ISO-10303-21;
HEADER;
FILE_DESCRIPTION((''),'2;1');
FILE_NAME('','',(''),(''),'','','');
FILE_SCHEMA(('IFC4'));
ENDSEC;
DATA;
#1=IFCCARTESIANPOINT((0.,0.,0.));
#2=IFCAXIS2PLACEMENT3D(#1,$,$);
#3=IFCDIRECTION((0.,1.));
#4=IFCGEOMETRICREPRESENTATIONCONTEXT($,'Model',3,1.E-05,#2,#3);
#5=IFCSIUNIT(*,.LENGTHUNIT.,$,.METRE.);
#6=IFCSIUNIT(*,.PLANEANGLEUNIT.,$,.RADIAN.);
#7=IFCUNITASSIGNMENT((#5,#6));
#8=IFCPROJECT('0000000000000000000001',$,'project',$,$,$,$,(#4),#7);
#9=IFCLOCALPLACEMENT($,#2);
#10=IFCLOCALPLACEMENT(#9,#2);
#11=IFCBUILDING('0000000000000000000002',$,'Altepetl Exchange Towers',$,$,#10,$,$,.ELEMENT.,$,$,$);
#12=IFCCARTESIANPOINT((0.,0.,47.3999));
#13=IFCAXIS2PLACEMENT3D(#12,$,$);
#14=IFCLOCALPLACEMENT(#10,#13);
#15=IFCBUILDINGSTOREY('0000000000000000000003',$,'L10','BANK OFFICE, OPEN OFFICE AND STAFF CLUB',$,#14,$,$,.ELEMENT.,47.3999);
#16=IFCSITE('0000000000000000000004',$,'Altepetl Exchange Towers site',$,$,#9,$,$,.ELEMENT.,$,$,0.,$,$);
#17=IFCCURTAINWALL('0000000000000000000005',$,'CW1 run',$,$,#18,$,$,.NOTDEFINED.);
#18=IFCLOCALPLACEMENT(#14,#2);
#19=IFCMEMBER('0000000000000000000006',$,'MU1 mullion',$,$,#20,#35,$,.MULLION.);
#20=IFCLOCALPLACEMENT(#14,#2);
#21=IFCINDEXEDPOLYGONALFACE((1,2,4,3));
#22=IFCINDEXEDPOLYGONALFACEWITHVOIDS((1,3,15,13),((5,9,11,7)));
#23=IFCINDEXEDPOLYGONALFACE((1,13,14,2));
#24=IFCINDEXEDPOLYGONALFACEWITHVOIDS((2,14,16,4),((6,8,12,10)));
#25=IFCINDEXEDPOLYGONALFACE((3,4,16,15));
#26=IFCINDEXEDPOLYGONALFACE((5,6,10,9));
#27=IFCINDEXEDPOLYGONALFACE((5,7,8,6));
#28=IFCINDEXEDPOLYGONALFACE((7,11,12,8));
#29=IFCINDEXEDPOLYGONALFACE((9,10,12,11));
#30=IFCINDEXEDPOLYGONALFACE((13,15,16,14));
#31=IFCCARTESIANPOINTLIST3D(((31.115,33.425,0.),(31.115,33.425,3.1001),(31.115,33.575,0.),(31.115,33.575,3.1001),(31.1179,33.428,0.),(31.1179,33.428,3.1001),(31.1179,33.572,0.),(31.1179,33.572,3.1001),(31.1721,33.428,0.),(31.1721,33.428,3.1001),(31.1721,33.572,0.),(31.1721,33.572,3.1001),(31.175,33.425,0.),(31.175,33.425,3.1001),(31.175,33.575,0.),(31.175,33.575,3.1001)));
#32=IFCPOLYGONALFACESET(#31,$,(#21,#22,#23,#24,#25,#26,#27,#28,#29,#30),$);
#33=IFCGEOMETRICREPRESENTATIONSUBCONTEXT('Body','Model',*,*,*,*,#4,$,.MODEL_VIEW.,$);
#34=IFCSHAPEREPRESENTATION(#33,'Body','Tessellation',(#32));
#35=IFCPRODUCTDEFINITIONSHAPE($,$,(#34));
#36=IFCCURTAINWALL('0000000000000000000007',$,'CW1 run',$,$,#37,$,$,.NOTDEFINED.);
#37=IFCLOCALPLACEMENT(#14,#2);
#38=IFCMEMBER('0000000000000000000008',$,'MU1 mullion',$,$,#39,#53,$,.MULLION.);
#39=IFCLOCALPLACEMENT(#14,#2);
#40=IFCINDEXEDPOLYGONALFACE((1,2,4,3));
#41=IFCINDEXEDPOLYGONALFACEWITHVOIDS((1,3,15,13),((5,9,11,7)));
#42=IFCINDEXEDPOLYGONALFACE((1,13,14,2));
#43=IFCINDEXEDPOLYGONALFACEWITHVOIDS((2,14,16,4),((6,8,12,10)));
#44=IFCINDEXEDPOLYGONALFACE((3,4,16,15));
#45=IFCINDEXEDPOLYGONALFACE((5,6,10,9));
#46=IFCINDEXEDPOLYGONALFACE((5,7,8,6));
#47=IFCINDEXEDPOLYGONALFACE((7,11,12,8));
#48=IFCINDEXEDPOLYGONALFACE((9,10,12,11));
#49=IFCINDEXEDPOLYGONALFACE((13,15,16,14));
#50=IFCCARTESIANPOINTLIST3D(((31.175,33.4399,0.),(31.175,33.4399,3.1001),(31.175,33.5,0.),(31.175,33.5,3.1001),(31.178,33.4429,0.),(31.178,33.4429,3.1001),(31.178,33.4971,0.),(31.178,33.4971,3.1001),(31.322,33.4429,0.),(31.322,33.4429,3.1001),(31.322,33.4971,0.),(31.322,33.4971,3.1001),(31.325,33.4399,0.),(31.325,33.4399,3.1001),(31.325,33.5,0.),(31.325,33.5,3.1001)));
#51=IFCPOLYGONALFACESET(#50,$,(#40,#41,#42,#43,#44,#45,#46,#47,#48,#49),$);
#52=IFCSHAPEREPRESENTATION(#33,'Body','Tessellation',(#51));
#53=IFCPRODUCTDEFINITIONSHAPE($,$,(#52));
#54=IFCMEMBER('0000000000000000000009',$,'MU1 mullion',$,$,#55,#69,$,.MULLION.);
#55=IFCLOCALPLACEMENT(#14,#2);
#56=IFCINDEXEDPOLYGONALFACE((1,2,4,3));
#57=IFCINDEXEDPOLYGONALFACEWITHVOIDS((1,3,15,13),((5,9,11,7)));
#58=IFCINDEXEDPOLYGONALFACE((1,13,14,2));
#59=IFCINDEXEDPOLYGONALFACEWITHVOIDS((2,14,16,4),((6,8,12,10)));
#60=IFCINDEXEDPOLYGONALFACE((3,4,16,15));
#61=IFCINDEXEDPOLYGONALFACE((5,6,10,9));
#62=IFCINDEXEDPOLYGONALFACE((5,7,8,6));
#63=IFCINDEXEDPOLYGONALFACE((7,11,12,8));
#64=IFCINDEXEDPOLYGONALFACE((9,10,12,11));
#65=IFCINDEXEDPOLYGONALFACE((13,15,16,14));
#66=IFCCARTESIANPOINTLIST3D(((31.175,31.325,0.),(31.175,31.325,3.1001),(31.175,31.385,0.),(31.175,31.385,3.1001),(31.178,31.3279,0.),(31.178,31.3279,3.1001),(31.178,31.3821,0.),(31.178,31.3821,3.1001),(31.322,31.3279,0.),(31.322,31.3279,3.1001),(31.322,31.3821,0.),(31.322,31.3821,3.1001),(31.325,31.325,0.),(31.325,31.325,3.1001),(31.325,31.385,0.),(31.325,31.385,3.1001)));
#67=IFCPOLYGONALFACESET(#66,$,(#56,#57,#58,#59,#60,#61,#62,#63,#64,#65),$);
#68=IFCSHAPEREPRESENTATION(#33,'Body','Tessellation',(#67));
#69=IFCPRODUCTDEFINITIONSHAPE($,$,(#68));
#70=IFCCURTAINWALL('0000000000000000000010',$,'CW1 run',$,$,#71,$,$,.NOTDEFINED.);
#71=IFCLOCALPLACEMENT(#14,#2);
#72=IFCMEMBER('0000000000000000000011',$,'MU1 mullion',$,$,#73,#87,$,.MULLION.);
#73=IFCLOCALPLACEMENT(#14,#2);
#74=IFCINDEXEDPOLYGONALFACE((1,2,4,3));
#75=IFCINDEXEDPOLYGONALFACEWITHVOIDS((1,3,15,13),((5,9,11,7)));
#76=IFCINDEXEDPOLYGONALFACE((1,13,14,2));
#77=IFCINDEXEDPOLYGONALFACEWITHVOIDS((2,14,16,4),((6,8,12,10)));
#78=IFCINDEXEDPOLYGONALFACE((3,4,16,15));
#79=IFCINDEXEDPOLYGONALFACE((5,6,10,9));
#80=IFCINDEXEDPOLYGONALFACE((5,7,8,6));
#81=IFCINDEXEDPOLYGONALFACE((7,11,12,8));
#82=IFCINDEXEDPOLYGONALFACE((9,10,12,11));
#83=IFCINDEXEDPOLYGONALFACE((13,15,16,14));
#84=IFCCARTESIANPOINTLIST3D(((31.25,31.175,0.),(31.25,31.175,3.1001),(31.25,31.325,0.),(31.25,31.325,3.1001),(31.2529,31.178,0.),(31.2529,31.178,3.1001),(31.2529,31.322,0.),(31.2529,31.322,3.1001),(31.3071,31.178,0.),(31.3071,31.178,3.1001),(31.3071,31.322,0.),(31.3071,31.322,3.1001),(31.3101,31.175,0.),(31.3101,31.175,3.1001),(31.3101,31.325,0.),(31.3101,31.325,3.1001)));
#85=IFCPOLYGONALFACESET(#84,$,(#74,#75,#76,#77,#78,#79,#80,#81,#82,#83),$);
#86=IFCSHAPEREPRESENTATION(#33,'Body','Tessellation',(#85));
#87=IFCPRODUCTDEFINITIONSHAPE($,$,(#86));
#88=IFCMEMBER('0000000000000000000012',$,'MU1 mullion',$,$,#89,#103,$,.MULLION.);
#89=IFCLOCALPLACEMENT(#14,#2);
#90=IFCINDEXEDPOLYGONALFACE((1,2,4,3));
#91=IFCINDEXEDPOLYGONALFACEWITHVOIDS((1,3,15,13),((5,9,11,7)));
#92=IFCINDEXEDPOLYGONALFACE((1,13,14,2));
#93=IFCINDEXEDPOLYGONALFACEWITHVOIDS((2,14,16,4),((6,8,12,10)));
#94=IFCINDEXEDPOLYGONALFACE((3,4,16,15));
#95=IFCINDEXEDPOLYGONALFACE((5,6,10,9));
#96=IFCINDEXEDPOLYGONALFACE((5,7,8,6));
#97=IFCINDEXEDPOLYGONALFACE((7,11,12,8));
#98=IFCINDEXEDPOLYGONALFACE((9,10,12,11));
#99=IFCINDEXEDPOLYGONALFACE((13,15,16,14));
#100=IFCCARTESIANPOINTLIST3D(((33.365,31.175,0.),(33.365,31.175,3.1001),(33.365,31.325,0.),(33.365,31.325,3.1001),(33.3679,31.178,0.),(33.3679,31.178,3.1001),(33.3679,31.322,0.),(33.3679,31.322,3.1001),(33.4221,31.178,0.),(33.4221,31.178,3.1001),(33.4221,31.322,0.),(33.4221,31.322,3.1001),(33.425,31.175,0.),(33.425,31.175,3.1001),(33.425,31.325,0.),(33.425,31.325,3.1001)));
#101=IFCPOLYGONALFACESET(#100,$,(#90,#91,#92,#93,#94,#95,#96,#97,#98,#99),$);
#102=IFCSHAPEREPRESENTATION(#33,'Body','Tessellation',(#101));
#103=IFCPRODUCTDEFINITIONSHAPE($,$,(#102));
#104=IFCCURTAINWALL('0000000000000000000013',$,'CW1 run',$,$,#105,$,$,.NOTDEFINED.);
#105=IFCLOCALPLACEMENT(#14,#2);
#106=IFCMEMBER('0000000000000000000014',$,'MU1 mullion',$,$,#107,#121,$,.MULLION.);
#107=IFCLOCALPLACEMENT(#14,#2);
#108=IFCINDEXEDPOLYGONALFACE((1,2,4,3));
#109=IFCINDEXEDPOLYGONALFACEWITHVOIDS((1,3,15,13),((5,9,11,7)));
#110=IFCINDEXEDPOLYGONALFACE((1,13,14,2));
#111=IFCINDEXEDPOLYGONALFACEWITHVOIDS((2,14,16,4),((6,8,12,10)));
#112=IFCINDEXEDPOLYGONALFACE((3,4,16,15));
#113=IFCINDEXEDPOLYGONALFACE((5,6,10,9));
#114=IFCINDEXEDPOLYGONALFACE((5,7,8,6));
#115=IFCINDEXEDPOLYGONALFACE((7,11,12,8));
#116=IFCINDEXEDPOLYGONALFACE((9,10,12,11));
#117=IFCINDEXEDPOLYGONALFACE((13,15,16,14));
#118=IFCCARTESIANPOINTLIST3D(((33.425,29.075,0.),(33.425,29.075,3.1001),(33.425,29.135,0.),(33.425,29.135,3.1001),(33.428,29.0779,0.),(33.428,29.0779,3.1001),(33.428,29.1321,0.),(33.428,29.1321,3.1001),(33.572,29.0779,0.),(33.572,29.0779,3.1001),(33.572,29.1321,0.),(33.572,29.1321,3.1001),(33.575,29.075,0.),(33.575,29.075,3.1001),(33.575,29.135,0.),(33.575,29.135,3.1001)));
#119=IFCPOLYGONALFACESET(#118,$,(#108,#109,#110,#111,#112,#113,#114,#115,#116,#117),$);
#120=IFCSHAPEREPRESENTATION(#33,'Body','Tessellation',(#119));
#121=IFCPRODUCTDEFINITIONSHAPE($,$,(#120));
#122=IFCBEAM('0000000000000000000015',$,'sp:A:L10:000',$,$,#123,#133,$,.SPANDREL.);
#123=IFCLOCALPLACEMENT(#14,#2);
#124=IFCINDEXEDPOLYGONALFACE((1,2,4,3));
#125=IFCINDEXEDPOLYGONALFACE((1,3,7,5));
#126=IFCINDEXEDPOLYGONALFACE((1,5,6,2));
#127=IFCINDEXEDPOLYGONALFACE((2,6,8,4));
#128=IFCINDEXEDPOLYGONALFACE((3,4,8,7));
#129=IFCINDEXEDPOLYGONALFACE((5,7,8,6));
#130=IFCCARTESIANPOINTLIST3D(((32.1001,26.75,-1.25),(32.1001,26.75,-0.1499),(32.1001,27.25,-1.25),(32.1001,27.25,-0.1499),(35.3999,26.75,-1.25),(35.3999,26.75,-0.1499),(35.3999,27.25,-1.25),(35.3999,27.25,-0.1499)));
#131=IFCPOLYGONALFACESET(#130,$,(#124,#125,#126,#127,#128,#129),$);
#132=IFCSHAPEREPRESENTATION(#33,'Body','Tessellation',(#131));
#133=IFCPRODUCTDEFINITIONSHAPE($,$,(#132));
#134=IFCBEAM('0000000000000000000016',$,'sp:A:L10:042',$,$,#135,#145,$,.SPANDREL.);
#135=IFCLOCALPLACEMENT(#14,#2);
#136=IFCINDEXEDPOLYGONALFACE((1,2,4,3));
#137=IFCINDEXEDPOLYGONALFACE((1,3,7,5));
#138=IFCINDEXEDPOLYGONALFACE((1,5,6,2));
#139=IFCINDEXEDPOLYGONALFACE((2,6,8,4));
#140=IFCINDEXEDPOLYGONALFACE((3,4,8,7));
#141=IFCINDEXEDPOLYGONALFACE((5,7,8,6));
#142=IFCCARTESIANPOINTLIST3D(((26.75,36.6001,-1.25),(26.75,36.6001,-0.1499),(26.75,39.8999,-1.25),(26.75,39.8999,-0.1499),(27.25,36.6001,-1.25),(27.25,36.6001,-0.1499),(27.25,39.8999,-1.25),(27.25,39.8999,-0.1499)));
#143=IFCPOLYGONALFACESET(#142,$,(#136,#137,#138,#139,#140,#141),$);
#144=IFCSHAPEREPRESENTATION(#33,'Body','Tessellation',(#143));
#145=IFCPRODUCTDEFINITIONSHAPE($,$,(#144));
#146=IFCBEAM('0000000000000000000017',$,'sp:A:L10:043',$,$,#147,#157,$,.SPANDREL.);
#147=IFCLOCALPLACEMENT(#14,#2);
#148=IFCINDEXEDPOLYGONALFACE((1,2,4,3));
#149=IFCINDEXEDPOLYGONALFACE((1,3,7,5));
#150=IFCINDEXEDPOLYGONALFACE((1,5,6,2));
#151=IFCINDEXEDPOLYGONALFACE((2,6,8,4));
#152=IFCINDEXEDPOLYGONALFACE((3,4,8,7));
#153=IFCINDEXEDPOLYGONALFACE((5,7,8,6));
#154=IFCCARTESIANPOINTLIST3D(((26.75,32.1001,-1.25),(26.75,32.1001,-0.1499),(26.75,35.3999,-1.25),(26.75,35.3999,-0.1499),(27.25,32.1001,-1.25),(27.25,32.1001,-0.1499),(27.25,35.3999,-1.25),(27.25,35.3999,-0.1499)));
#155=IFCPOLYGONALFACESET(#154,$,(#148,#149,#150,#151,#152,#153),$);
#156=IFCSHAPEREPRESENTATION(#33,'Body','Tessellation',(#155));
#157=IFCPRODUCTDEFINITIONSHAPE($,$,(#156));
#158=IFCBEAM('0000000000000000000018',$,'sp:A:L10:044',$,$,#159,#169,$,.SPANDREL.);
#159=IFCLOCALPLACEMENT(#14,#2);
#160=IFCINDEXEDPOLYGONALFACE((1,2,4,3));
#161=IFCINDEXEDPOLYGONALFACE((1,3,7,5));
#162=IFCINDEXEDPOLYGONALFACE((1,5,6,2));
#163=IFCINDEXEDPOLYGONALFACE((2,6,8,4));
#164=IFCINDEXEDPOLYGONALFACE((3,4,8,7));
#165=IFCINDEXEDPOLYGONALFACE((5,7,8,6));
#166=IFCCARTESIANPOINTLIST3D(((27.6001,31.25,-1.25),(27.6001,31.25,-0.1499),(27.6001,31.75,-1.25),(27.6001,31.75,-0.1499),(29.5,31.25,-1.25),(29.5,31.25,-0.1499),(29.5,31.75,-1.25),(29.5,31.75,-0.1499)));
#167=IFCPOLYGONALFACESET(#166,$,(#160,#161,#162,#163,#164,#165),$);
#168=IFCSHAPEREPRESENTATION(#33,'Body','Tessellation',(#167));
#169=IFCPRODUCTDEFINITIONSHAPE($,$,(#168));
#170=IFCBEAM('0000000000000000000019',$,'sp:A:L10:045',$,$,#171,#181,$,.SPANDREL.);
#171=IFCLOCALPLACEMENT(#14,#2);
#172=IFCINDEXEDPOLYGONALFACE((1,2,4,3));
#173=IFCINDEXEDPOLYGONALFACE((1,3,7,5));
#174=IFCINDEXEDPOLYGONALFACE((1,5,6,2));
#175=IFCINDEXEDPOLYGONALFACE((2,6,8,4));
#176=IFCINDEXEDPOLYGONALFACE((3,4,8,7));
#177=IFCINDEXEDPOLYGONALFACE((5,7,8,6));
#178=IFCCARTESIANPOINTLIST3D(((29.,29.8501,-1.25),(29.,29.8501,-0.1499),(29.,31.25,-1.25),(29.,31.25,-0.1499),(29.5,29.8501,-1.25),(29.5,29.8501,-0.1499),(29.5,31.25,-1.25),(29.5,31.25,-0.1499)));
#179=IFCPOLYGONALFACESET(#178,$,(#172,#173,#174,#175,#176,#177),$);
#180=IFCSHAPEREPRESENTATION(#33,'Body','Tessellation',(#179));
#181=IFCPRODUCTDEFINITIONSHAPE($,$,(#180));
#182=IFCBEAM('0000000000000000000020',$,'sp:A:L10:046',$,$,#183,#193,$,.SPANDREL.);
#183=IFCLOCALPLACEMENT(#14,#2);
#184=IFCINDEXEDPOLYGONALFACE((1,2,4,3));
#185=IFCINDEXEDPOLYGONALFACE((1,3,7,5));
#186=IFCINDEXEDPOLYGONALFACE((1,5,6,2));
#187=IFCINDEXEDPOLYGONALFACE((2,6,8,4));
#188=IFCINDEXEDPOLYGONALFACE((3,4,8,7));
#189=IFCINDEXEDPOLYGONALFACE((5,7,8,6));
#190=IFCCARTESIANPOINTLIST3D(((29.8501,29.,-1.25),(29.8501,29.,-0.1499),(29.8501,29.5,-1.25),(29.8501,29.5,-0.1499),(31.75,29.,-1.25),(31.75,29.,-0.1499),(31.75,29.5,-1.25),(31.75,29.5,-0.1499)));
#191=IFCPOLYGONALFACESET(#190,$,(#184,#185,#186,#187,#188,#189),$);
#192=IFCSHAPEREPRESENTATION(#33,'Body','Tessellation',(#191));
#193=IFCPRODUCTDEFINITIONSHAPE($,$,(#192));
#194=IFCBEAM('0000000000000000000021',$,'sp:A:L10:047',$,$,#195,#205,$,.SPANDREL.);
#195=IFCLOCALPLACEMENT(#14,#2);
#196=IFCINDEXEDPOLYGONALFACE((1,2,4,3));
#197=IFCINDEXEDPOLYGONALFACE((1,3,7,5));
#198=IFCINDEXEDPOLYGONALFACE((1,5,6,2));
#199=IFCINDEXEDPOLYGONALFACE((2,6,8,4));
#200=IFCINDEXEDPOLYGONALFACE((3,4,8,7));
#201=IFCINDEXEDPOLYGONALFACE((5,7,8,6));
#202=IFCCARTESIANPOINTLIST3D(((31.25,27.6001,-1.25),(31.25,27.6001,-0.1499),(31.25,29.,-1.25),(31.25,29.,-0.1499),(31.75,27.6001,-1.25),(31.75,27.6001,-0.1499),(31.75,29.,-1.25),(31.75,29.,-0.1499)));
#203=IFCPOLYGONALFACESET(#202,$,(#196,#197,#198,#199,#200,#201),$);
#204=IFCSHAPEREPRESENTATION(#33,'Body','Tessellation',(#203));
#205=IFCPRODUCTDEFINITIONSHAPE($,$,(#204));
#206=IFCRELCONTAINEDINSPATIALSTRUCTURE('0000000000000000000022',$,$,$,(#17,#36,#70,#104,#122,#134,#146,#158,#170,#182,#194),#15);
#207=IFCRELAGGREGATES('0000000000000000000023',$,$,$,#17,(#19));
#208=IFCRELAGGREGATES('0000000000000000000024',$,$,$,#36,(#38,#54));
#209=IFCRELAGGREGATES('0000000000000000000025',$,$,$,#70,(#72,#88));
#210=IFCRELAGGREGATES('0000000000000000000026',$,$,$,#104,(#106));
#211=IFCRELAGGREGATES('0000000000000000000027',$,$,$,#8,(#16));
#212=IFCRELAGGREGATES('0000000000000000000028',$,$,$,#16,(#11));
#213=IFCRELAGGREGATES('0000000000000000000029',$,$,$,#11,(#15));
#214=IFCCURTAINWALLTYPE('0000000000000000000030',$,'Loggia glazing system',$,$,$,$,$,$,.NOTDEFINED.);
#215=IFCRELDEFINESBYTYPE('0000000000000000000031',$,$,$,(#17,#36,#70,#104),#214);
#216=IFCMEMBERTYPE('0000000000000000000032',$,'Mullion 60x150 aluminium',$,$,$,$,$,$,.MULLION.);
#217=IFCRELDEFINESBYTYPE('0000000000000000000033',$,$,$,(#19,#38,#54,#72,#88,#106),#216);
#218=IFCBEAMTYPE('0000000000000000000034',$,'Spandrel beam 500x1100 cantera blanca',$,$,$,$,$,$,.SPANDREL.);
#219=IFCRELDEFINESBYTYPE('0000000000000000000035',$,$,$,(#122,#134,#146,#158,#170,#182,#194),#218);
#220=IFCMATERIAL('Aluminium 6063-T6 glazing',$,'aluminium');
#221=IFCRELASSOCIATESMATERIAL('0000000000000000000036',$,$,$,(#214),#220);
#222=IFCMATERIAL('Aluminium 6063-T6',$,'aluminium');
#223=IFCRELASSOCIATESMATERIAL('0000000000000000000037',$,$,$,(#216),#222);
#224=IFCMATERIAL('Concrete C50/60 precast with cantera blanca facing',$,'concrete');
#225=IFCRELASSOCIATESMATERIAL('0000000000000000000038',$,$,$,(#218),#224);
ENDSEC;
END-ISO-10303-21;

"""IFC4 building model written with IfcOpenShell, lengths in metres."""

from ifc_helpers import new_model, si_unit, direction, frame, origin, origin_2d, place, context, subcontext, project, spatial, rectangle, hollow_rectangle, extrude, material, material_profile, profile_set, type_object, element, aggregate, save


model = new_model("IFC4")

# Units and contexts
model_context = context("Model", 3, precision=1e-05, world=origin(), true_north=direction((0.0, 1.0)))
body_context = subcontext(model_context, "Body", "Model", "MODEL_VIEW")
ifc_project = project(units=[si_unit("LENGTHUNIT", "METRE"), si_unit("PLANEANGLEUNIT", "RADIAN")], contexts=[model_context])

# Site, building, storey
site_placement = place(None, origin())
site = spatial("IfcSite", under=ifc_project, at=site_placement, Name="Altepetl Exchange Towers site", CompositionType="ELEMENT", RefElevation=0.0)
building_placement = place(site_placement, origin())
building = spatial("IfcBuilding", under=site, at=building_placement, Name="Altepetl Exchange Towers", CompositionType="ELEMENT")
storey_placement = place(building_placement, frame((0.0, 0.0, 47.3999)))
storey = spatial("IfcBuildingStorey", under=building, at=storey_placement, Name="L10", Description="BANK OFFICE, OPEN OFFICE AND STAFF CLUB", CompositionType="ELEMENT", Elevation=47.3999)

# Curtain walls, members
ifc_material_1 = material(Name="Aluminium 6063-T6 glazing", Category="aluminium")
curtain_wall_type = type_object("IfcCurtainWallType", Name="Loggia glazing system", PredefinedType="NOTDEFINED", material=ifc_material_1)
ifc_material_2 = material(Name="Aluminium 6063-T6", Category="aluminium")
ifc_material_profile_1 = material_profile(ifc_material_2, hollow_rectangle(XDim=0.0601, YDim=0.1499, WallThickness=0.0029, at=origin_2d()), Name="Mullion 60x150 aluminium")
ifc_profile_set_1 = profile_set([ifc_material_profile_1], Name="Aluminium 6063-T6")
member_type = type_object("IfcMemberType", Name="Mullion 60x150 aluminium", PredefinedType="MULLION", material=ifc_profile_set_1)
curtain_wall_1_placement = place(storey_placement, origin())
curtain_wall_1 = element("IfcCurtainWall", 1, at=curtain_wall_1_placement, inside=storey, type_object=curtain_wall_type, Name="CW1 run", PredefinedType="NOTDEFINED")
member_1_placement = place(storey_placement, frame((31.145, 33.5, 0.0)))
member_1 = element("IfcMember", 2, at=member_1_placement, type_object=member_type, Name="MU1 mullion", PredefinedType="MULLION", context=body_context, shape_type="SweptSolid", body=[
    extrude(hollow_rectangle(XDim=0.0601, YDim=0.1499, WallThickness=0.0029, at=origin_2d()), origin(), (0.0, 0.0, 1.0), 3.1001),
])
curtain_wall_2_placement = place(storey_placement, origin())
curtain_wall_2 = element("IfcCurtainWall", 3, at=curtain_wall_2_placement, inside=storey, type_object=curtain_wall_type, Name="CW1 run", PredefinedType="NOTDEFINED")
member_2_placement = place(storey_placement, frame((31.25, 33.47, 0.0), z_axis=(0.0, 0.0, 1.0), x_axis=(0.0, -1.0, 0.0)))
member_2 = element("IfcMember", 4, at=member_2_placement, type_object=member_type, Name="MU1 mullion", PredefinedType="MULLION", context=body_context, shape_type="SweptSolid", body=[
    extrude(hollow_rectangle(XDim=0.0601, YDim=0.1499, WallThickness=0.0029, at=origin_2d()), origin(), (0.0, 0.0, 1.0), 3.1001),
])
member_3_placement = place(storey_placement, frame((31.25, 31.355, 0.0), z_axis=(0.0, 0.0, 1.0), x_axis=(0.0, -1.0, 0.0)))
member_3 = element("IfcMember", 5, at=member_3_placement, type_object=member_type, Name="MU1 mullion", PredefinedType="MULLION", context=body_context, shape_type="SweptSolid", body=[
    extrude(hollow_rectangle(XDim=0.0601, YDim=0.1499, WallThickness=0.0029, at=origin_2d()), origin(), (0.0, 0.0, 1.0), 3.1001),
])
curtain_wall_3_placement = place(storey_placement, origin())
curtain_wall_3 = element("IfcCurtainWall", 6, at=curtain_wall_3_placement, inside=storey, type_object=curtain_wall_type, Name="CW1 run", PredefinedType="NOTDEFINED")
member_4_placement = place(storey_placement, frame((31.28, 31.25, 0.0)))
member_4 = element("IfcMember", 7, at=member_4_placement, type_object=member_type, Name="MU1 mullion", PredefinedType="MULLION", context=body_context, shape_type="SweptSolid", body=[
    extrude(hollow_rectangle(XDim=0.0601, YDim=0.1499, WallThickness=0.0029, at=origin_2d()), origin(), (0.0, 0.0, 1.0), 3.1001),
])
member_5_placement = place(storey_placement, frame((33.395, 31.25, 0.0)))
member_5 = element("IfcMember", 8, at=member_5_placement, type_object=member_type, Name="MU1 mullion", PredefinedType="MULLION", context=body_context, shape_type="SweptSolid", body=[
    extrude(hollow_rectangle(XDim=0.0601, YDim=0.1499, WallThickness=0.0029, at=origin_2d()), origin(), (0.0, 0.0, 1.0), 3.1001),
])

# Curtain wall, member
curtain_wall_4_placement = place(storey_placement, origin())
curtain_wall_4 = element("IfcCurtainWall", 9, at=curtain_wall_4_placement, inside=storey, type_object=curtain_wall_type, Name="CW1 run", PredefinedType="NOTDEFINED")
member_6_placement = place(storey_placement, frame((33.5, 29.105, 0.0), z_axis=(0.0, 0.0, 1.0), x_axis=(0.0, -1.0, 0.0)))
member_6 = element("IfcMember", 10, at=member_6_placement, type_object=member_type, Name="MU1 mullion", PredefinedType="MULLION", context=body_context, shape_type="SweptSolid", body=[
    extrude(hollow_rectangle(XDim=0.0601, YDim=0.1499, WallThickness=0.0029, at=origin_2d()), origin(), (0.0, 0.0, 1.0), 3.1001),
])

# Beams
ifc_material_3 = material(Name="Concrete C50/60 precast with cantera blanca facing", Category="concrete")
ifc_material_profile_2 = material_profile(ifc_material_3, rectangle(XDim=0.5, YDim=1.1001, at=origin_2d()), Name="500 x 1100")
ifc_profile_set_2 = profile_set([ifc_material_profile_2], Name="Concrete C50/60 precast with cantera blanca facing")
beam_type_1 = type_object("IfcBeamType", Name="Spandrel beam 500x1100 cantera blanca", PredefinedType="SPANDREL", material=ifc_profile_set_2)
for number, where, z_axis, x_axis, name in (
    (11, (32.1001, 27.0, -0.7), (1.0, 0.0, 0.0), (0.0, 1.0, 0.0), "sp:A:L10:000"),
    (12, (27.0, 39.8999, -0.7), (0.0, -1.0, 0.0), (1.0, 0.0, 0.0), "sp:A:L10:042"),
    (13, (27.0, 35.3999, -0.7), (0.0, -1.0, 0.0), (1.0, 0.0, 0.0), "sp:A:L10:043"),
):
    element("IfcBeam", number, at=place(storey_placement, frame(where, z_axis=z_axis, x_axis=x_axis)), inside=storey, type_object=beam_type_1, Name=name, PredefinedType="SPANDREL", context=body_context, shape_type="SweptSolid", body=[
        extrude(rectangle(XDim=0.5, YDim=1.1001, at=origin_2d()), origin(), (0.0, 0.0, 1.0), 3.2998),
    ])
beam_1_placement = place(storey_placement, frame((27.6001, 31.5, -0.7), z_axis=(1.0, 0.0, 0.0), x_axis=(0.0, 1.0, 0.0)))
element("IfcBeam", 14, at=beam_1_placement, inside=storey, type_object=beam_type_1, Name="sp:A:L10:044", PredefinedType="SPANDREL", context=body_context, shape_type="SweptSolid", body=[
    extrude(rectangle(XDim=0.5, YDim=1.1001, at=origin_2d()), origin(), (0.0, 0.0, 1.0), 1.8999),
])
beam_2_placement = place(storey_placement, frame((29.25, 31.25, -0.7), z_axis=(0.0, -1.0, 0.0), x_axis=(1.0, 0.0, 0.0)))
element("IfcBeam", 15, at=beam_2_placement, inside=storey, type_object=beam_type_1, Name="sp:A:L10:045", PredefinedType="SPANDREL", context=body_context, shape_type="SweptSolid", body=[
    extrude(rectangle(XDim=0.5, YDim=1.1001, at=origin_2d()), origin(), (0.0, 0.0, 1.0), 1.3999),
])
beam_3_placement = place(storey_placement, frame((29.8501, 29.25, -0.7), z_axis=(1.0, 0.0, 0.0), x_axis=(0.0, 1.0, 0.0)))
element("IfcBeam", 16, at=beam_3_placement, inside=storey, type_object=beam_type_1, Name="sp:A:L10:046", PredefinedType="SPANDREL", context=body_context, shape_type="SweptSolid", body=[
    extrude(rectangle(XDim=0.5, YDim=1.1001, at=origin_2d()), origin(), (0.0, 0.0, 1.0), 1.8999),
])
beam_4_placement = place(storey_placement, frame((31.5, 29.0, -0.7), z_axis=(0.0, -1.0, 0.0), x_axis=(1.0, 0.0, 0.0)))
element("IfcBeam", 17, at=beam_4_placement, inside=storey, type_object=beam_type_1, Name="sp:A:L10:047", PredefinedType="SPANDREL", context=body_context, shape_type="SweptSolid", body=[
    extrude(rectangle(XDim=0.5, YDim=1.1001, at=origin_2d()), origin(), (0.0, 0.0, 1.0), 1.3999),
])

aggregate(curtain_wall_1, [member_1])
aggregate(curtain_wall_2, [member_2, member_3])
aggregate(curtain_wall_3, [member_4, member_5])
aggregate(curtain_wall_4, [member_6])

save(model, "model.ifc")
